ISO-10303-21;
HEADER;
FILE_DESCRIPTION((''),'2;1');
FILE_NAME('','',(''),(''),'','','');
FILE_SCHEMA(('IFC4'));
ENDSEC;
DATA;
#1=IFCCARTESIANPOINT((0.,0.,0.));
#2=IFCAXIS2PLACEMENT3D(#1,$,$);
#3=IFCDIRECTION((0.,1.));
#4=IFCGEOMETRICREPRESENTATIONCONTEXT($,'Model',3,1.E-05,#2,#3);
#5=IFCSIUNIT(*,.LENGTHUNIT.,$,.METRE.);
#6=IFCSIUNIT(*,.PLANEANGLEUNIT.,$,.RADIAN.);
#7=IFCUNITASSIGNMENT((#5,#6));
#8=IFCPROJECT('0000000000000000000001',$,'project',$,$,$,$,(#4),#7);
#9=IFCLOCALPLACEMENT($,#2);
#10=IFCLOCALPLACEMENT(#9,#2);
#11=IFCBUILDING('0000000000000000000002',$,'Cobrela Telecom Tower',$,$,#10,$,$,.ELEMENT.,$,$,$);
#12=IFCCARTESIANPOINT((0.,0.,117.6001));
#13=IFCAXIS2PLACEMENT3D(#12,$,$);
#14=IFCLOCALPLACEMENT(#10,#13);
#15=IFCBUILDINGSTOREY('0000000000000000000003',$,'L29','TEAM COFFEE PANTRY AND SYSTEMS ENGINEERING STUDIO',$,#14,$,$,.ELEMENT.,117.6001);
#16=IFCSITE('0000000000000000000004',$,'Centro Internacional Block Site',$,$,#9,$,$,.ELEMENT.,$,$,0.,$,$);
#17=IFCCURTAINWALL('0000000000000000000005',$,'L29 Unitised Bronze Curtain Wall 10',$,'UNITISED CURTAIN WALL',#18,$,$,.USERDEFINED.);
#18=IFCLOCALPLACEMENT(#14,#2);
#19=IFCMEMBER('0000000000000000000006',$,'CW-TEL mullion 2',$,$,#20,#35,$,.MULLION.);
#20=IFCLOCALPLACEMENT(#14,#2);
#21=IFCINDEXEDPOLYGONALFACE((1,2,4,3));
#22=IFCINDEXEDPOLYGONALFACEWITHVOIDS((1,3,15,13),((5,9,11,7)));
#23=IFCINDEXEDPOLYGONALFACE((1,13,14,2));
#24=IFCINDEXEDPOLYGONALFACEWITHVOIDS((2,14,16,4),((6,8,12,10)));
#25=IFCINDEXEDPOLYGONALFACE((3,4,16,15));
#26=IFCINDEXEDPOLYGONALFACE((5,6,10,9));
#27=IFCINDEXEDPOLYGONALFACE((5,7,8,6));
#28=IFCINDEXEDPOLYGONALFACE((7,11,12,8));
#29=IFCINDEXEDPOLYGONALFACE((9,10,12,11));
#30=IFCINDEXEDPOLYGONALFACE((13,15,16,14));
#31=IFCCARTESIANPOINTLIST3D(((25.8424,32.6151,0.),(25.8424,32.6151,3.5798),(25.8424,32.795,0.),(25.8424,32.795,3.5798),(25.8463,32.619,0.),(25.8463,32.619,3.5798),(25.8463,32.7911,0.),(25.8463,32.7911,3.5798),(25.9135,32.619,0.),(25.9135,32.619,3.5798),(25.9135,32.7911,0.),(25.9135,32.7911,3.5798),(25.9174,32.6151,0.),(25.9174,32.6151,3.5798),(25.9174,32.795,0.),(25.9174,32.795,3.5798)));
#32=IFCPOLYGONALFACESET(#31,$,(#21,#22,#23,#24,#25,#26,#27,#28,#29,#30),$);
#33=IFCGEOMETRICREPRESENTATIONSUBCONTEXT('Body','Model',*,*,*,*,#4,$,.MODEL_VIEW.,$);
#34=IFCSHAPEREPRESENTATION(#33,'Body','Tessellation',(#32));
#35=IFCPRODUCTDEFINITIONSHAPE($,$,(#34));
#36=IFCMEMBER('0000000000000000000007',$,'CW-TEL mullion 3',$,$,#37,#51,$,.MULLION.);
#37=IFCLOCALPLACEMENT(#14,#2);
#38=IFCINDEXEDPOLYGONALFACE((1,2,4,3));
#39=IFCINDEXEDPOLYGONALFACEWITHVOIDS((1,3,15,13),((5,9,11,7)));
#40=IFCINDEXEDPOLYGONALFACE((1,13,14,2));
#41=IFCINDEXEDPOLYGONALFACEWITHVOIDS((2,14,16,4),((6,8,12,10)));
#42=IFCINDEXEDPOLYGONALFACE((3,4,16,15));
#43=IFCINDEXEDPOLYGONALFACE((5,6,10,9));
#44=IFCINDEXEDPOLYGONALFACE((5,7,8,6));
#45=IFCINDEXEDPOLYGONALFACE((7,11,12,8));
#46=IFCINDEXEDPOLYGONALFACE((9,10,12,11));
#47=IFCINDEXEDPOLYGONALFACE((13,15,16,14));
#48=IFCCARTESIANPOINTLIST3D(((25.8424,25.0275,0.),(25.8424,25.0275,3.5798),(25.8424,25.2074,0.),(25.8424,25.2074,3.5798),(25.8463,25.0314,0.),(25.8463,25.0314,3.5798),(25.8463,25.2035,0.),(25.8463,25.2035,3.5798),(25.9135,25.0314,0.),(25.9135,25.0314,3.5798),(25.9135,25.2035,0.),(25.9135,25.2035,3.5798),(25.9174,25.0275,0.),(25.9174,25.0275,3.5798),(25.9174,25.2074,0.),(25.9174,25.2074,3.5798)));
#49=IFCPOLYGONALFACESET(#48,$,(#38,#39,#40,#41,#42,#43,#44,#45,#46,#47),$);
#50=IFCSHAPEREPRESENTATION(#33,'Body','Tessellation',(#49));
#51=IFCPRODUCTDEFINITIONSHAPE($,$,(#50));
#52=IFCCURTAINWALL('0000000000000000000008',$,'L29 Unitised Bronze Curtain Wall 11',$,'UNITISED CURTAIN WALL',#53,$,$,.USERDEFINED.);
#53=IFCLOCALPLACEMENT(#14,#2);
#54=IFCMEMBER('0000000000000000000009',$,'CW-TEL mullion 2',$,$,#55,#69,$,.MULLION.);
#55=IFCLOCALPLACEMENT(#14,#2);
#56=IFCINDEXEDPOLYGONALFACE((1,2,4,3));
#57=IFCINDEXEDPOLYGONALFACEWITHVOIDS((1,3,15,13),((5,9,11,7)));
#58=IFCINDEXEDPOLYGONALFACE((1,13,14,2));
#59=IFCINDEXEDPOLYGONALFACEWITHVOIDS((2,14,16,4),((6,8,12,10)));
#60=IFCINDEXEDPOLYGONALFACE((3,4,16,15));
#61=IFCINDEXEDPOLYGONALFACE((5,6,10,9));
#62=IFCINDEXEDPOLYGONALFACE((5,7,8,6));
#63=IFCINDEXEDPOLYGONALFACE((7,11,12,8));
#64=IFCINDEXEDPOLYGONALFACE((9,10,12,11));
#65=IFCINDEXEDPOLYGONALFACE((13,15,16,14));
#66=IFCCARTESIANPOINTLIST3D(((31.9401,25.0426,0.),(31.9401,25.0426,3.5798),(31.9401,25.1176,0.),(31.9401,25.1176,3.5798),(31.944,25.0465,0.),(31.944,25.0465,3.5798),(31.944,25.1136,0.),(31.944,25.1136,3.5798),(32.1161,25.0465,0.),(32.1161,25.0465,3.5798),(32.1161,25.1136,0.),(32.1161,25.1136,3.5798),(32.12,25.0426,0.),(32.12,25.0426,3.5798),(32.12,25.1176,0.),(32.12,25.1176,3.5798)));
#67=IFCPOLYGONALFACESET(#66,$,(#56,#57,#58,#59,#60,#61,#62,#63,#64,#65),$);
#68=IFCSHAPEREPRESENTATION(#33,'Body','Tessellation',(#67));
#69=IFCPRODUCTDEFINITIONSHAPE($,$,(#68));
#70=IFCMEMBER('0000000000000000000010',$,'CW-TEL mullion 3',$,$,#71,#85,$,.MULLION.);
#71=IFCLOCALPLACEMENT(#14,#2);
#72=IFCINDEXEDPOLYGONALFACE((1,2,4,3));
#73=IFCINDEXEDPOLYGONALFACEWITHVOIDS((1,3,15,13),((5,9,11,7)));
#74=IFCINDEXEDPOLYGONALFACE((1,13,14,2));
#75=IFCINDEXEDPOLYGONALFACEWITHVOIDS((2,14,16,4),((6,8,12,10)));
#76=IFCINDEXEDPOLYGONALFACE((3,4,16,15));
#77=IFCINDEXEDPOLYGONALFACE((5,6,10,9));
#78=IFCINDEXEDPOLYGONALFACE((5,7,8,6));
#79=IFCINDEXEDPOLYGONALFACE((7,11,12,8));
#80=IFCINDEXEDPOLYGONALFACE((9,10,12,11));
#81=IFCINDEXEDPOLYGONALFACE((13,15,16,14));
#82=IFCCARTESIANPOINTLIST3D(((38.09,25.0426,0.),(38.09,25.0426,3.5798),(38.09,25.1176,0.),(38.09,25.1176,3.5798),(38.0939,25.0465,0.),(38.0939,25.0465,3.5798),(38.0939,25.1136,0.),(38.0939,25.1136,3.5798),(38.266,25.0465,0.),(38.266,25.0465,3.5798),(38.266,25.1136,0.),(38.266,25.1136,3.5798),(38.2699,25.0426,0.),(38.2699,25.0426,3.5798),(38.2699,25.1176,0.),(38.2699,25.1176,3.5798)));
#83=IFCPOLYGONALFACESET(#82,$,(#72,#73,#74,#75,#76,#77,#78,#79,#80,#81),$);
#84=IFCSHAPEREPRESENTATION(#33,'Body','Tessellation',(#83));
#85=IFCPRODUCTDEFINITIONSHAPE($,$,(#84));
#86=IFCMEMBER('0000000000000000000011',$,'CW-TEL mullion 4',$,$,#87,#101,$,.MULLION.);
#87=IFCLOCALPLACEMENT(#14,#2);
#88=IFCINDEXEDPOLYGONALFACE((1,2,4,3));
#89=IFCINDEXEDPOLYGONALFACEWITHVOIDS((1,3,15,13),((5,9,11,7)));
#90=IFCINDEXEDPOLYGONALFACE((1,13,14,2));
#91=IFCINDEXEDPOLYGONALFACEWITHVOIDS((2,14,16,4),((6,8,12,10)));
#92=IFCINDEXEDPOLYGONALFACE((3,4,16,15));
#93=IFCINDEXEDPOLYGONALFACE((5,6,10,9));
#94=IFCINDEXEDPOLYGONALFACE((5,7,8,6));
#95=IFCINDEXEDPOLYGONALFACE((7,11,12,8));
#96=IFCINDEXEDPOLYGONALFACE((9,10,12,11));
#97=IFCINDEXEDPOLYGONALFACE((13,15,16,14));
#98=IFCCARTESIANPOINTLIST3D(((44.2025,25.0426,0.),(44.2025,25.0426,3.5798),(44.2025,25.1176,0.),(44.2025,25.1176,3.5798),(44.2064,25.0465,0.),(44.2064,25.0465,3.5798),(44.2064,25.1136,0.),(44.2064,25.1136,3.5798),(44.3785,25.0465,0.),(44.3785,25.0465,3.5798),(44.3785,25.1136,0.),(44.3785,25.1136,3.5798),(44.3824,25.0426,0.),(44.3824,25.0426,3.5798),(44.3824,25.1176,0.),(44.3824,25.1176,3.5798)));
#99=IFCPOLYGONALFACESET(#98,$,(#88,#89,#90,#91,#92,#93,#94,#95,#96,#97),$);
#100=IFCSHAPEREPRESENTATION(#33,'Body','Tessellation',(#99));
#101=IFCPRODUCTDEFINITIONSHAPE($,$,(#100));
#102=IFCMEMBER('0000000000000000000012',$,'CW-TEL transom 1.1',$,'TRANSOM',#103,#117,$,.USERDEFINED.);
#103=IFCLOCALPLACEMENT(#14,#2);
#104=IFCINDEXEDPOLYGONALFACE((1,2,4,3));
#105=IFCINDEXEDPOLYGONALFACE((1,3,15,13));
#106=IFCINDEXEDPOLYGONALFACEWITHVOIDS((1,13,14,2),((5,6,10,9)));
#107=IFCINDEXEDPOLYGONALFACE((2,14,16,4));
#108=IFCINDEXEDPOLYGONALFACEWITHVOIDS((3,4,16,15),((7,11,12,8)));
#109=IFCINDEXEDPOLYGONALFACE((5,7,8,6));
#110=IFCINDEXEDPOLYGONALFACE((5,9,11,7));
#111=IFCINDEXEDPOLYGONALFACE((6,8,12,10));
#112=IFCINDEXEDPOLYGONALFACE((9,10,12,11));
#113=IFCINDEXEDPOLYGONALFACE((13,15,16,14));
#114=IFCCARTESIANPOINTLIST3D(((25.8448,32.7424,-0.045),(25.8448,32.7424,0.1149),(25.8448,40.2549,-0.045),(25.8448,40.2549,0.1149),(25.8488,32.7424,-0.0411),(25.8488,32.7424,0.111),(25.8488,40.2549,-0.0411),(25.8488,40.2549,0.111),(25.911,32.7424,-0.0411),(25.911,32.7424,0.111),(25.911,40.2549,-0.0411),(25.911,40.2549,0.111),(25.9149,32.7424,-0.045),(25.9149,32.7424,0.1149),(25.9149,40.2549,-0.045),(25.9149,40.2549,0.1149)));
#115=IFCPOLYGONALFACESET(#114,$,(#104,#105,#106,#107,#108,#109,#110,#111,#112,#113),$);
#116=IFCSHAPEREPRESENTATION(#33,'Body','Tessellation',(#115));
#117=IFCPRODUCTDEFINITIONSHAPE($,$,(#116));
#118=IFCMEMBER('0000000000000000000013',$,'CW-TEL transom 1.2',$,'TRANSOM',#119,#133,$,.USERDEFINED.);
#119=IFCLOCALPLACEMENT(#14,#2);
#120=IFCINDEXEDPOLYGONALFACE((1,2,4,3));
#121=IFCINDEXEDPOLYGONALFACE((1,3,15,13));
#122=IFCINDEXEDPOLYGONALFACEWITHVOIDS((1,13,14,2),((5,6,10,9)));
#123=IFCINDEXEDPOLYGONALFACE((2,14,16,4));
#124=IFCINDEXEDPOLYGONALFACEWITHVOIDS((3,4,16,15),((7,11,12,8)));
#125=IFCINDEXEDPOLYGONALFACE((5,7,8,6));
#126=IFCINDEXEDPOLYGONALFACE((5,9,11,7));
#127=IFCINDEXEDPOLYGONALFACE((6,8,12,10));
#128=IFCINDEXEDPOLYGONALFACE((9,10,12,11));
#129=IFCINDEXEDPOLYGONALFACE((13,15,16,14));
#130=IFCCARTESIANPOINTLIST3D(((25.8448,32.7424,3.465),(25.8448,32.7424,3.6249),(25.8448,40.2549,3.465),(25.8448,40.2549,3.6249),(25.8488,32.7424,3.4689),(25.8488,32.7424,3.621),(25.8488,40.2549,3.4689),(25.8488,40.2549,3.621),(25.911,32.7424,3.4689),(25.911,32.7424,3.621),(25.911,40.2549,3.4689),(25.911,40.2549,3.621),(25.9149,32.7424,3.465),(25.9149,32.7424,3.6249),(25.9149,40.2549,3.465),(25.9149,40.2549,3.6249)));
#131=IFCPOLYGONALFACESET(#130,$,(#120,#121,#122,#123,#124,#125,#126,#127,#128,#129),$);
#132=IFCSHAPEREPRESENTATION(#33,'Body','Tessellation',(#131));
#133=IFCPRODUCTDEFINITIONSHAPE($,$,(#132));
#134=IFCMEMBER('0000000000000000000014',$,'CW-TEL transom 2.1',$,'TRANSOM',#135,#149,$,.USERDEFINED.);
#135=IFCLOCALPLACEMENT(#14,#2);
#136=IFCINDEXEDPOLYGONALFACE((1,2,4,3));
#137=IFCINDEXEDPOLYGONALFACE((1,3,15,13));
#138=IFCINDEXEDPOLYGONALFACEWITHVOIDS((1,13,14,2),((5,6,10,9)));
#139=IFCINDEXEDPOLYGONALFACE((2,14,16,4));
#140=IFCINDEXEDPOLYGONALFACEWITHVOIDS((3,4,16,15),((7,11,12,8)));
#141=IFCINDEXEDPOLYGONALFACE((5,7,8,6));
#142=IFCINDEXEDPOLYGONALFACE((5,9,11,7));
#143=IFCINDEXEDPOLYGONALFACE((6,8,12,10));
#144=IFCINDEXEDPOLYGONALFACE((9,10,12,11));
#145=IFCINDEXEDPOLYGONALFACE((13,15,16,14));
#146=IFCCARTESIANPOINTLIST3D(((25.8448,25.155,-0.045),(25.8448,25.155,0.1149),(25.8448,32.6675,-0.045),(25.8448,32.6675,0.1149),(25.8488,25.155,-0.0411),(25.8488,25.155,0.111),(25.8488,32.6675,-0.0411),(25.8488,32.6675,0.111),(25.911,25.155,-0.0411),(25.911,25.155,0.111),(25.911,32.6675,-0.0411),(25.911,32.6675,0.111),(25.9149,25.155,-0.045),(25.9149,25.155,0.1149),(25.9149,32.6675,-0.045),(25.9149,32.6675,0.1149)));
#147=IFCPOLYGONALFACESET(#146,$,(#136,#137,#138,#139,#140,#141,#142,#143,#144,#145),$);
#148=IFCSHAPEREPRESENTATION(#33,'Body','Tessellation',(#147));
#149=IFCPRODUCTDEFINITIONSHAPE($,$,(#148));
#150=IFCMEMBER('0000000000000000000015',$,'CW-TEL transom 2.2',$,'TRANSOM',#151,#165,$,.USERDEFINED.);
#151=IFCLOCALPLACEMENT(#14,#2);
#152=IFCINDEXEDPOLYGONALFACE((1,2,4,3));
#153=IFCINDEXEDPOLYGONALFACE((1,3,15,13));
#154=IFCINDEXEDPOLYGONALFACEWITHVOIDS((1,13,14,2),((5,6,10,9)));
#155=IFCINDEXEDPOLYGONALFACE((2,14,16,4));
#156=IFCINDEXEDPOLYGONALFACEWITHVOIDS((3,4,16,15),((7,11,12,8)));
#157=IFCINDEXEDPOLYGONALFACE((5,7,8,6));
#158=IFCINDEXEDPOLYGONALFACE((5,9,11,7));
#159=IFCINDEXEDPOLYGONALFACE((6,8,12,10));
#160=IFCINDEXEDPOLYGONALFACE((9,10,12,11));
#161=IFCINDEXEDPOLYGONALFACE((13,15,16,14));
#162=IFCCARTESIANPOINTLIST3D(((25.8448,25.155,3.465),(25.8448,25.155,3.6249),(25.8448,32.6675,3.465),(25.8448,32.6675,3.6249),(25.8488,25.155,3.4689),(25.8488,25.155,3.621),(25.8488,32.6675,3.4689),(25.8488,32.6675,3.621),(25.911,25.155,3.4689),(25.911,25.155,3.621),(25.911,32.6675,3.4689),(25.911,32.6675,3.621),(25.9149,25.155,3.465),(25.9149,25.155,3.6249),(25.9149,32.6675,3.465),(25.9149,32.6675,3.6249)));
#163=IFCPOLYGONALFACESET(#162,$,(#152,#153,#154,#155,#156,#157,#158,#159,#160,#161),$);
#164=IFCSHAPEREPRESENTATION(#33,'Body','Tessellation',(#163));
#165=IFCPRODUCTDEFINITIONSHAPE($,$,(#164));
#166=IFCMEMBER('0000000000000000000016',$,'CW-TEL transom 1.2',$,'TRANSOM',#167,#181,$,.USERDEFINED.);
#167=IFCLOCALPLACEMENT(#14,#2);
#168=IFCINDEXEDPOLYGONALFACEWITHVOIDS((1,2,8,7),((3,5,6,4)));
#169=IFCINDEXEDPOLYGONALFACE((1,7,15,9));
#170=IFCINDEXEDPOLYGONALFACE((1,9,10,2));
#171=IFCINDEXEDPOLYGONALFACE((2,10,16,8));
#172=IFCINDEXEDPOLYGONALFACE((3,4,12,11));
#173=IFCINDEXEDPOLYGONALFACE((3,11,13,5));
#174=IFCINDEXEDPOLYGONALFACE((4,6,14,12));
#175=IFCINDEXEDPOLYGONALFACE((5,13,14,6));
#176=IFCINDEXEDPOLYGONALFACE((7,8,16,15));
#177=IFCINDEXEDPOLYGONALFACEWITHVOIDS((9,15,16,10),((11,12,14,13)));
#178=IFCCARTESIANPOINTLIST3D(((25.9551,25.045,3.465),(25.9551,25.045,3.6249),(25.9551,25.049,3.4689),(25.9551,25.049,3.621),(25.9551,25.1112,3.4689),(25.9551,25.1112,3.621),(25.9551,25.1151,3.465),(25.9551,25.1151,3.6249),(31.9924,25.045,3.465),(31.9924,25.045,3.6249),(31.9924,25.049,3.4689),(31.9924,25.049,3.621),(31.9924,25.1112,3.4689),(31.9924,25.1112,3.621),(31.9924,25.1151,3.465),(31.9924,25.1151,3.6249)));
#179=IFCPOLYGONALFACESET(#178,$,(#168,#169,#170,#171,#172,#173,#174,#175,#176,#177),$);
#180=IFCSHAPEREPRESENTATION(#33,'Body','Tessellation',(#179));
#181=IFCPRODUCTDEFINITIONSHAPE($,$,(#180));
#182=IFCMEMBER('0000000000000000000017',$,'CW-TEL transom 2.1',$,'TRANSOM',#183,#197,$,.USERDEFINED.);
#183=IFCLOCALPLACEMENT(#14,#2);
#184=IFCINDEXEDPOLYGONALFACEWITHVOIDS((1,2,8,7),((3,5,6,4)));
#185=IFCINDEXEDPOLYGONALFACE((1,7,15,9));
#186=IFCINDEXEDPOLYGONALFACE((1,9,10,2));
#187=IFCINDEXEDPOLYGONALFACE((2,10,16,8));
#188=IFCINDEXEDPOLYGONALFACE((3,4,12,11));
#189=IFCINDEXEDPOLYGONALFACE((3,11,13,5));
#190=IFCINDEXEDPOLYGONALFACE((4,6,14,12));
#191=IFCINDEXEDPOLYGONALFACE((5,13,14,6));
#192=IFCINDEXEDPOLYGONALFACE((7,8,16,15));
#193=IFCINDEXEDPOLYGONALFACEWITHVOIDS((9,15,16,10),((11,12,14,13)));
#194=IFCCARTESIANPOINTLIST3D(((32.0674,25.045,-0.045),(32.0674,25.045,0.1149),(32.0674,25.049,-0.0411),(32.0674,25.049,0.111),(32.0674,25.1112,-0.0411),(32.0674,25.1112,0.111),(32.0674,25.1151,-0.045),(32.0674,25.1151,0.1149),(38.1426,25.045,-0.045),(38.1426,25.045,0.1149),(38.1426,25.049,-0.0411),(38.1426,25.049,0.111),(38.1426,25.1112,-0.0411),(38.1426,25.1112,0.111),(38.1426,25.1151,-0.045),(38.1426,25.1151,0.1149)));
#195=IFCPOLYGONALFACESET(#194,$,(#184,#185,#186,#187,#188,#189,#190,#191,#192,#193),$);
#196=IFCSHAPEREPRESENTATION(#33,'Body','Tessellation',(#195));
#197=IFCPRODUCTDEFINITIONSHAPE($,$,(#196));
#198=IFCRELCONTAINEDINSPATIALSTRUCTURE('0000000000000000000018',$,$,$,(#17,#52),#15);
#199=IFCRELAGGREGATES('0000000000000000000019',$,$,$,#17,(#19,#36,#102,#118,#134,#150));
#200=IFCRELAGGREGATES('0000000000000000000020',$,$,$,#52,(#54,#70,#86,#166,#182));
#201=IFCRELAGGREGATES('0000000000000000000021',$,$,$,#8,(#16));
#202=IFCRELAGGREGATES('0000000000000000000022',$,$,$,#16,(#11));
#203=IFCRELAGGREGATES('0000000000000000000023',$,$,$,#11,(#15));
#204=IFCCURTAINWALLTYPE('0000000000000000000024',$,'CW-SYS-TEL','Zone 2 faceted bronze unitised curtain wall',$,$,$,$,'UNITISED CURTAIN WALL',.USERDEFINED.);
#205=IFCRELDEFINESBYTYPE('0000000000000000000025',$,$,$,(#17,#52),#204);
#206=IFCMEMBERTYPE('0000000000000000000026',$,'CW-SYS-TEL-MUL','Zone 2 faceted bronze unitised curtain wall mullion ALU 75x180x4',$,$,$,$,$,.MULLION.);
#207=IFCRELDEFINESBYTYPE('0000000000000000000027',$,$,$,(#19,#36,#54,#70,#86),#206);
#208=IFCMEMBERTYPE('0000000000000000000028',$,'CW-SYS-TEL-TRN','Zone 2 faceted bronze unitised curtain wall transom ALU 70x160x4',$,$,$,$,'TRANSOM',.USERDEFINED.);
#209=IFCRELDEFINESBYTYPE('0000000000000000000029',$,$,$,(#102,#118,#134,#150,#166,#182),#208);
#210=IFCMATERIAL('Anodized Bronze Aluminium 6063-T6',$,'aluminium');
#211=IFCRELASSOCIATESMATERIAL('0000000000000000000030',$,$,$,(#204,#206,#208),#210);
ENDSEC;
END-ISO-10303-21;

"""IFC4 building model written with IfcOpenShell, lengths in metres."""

from ifc_helpers import new_model, si_unit, direction, frame, origin, origin_2d, place, context, subcontext, project, spatial, hollow_rectangle, extrude, material, material_profile, profile_set, type_object, element, aggregate, save


model = new_model("IFC4")

# Units and contexts
model_context = context("Model", 3, precision=1e-05, world=origin(), true_north=direction((0.0, 1.0)))
body_context = subcontext(model_context, "Body", "Model", "MODEL_VIEW")
ifc_project = project(units=[si_unit("LENGTHUNIT", "METRE"), si_unit("PLANEANGLEUNIT", "RADIAN")], contexts=[model_context])

# Site, building, storey
site_placement = place(None, origin())
site = spatial("IfcSite", under=ifc_project, at=site_placement, Name="Centro Internacional Block Site", CompositionType="ELEMENT", RefElevation=0.0)
building_placement = place(site_placement, origin())
building = spatial("IfcBuilding", under=site, at=building_placement, Name="Cobrela Telecom Tower", CompositionType="ELEMENT")
storey_placement = place(building_placement, frame((0.0, 0.0, 117.6001)))
storey = spatial("IfcBuildingStorey", under=building, at=storey_placement, Name="L29", Description="TEAM COFFEE PANTRY AND SYSTEMS ENGINEERING STUDIO", CompositionType="ELEMENT", Elevation=117.6001)

# Shared definitions
ifc_material_1 = material(Name="Anodized Bronze Aluminium 6063-T6", Category="aluminium")
curtain_wall_type = type_object("IfcCurtainWallType", Name="CW-SYS-TEL", Description="Zone 2 faceted bronze unitised curtain wall", ElementType="UNITISED CURTAIN WALL", PredefinedType="USERDEFINED", material=ifc_material_1)
ifc_material_profile_1 = material_profile(ifc_material_1, hollow_rectangle(XDim=0.075, YDim=0.1799, WallThickness=0.0039, at=origin_2d()), Name="ALU 75x180x4")
ifc_profile_set_1 = profile_set([ifc_material_profile_1], Name="Anodized Bronze Aluminium 6063-T6")
member_type_1 = type_object("IfcMemberType", Name="CW-SYS-TEL-MUL", Description="Zone 2 faceted bronze unitised curtain wall mullion ALU 75x180x4", PredefinedType="MULLION", material=ifc_profile_set_1)

# Curtain walls, members
curtain_wall_1_placement = place(storey_placement, origin())
curtain_wall_1 = element("IfcCurtainWall", 1, at=curtain_wall_1_placement, inside=storey, type_object=curtain_wall_type, Name="L29 Unitised Bronze Curtain Wall 10", ObjectType="UNITISED CURTAIN WALL", PredefinedType="USERDEFINED")
member_1_placement = place(storey_placement, frame((25.8799, 32.7051, 0.0), z_axis=(0.0, 0.0, 1.0), x_axis=(1.0, 0.0, 0.0)))
member_1 = element("IfcMember", 2, at=member_1_placement, type_object=member_type_1, Name="CW-TEL mullion 2", PredefinedType="MULLION", context=body_context, shape_type="SweptSolid", body=[
    extrude(hollow_rectangle(XDim=0.075, YDim=0.1799, WallThickness=0.0039, at=origin_2d()), origin(), (0.0, 0.0, 1.0), 3.5798),
])
member_2_placement = place(storey_placement, frame((25.8799, 25.1174, 0.0), z_axis=(0.0, 0.0, 1.0), x_axis=(1.0, 0.0, 0.0)))
member_2 = element("IfcMember", 3, at=member_2_placement, type_object=member_type_1, Name="CW-TEL mullion 3", PredefinedType="MULLION", context=body_context, shape_type="SweptSolid", body=[
    extrude(hollow_rectangle(XDim=0.075, YDim=0.1799, WallThickness=0.0039, at=origin_2d()), origin(), (0.0, 0.0, 1.0), 3.5798),
])
curtain_wall_2_placement = place(storey_placement, origin())
curtain_wall_2 = element("IfcCurtainWall", 4, at=curtain_wall_2_placement, inside=storey, type_object=curtain_wall_type, Name="L29 Unitised Bronze Curtain Wall 11", ObjectType="UNITISED CURTAIN WALL", PredefinedType="USERDEFINED")
member_3_placement = place(storey_placement, frame((32.03, 25.0801, 0.0), z_axis=(0.0, 0.0, 1.0), x_axis=(0.0, 1.0, 0.0)))
member_3 = element("IfcMember", 5, at=member_3_placement, type_object=member_type_1, Name="CW-TEL mullion 2", PredefinedType="MULLION", context=body_context, shape_type="SweptSolid", body=[
    extrude(hollow_rectangle(XDim=0.075, YDim=0.1799, WallThickness=0.0039, at=origin_2d()), origin(), (0.0, 0.0, 1.0), 3.5798),
])
member_4_placement = place(storey_placement, frame((38.1799, 25.0801, 0.0), z_axis=(0.0, 0.0, 1.0), x_axis=(0.0, 1.0, 0.0)))
member_4 = element("IfcMember", 6, at=member_4_placement, type_object=member_type_1, Name="CW-TEL mullion 3", PredefinedType="MULLION", context=body_context, shape_type="SweptSolid", body=[
    extrude(hollow_rectangle(XDim=0.075, YDim=0.1799, WallThickness=0.0039, at=origin_2d()), origin(), (0.0, 0.0, 1.0), 3.5798),
])
member_5_placement = place(storey_placement, frame((44.2925, 25.0801, 0.0), z_axis=(0.0, 0.0, 1.0), x_axis=(0.0, 1.0, 0.0)))
member_5 = element("IfcMember", 7, at=member_5_placement, type_object=member_type_1, Name="CW-TEL mullion 4", PredefinedType="MULLION", context=body_context, shape_type="SweptSolid", body=[
    extrude(hollow_rectangle(XDim=0.075, YDim=0.1799, WallThickness=0.0039, at=origin_2d()), origin(), (0.0, 0.0, 1.0), 3.5798),
])

# Members
ifc_material_profile_2 = material_profile(ifc_material_1, hollow_rectangle(XDim=0.0701, YDim=0.1599, WallThickness=0.0039, at=origin_2d()), Name="ALU 70x160x4")
ifc_profile_set_2 = profile_set([ifc_material_profile_2], Name="Anodized Bronze Aluminium 6063-T6")
member_type_2 = type_object("IfcMemberType", Name="CW-SYS-TEL-TRN", Description="Zone 2 faceted bronze unitised curtain wall transom ALU 70x160x4", ElementType="TRANSOM", PredefinedType="USERDEFINED", material=ifc_profile_set_2)
member_6_placement = place(storey_placement, frame((25.8799, 40.2549, 0.0349), z_axis=(0.0, -1.0, 0.0), x_axis=(1.0, 0.0, 0.0)))
member_6 = element("IfcMember", 8, at=member_6_placement, type_object=member_type_2, Name="CW-TEL transom 1.1", ObjectType="TRANSOM", PredefinedType="USERDEFINED", context=body_context, shape_type="SweptSolid", body=[
    extrude(hollow_rectangle(XDim=0.0701, YDim=0.1599, WallThickness=0.0039, at=origin_2d()), origin(), (0.0, 0.0, 1.0), 7.5125),
])
member_7_placement = place(storey_placement, frame((25.8799, 40.2549, 3.5449), z_axis=(0.0, -1.0, 0.0), x_axis=(1.0, 0.0, 0.0)))
member_7 = element("IfcMember", 9, at=member_7_placement, type_object=member_type_2, Name="CW-TEL transom 1.2", ObjectType="TRANSOM", PredefinedType="USERDEFINED", context=body_context, shape_type="SweptSolid", body=[
    extrude(hollow_rectangle(XDim=0.0701, YDim=0.1599, WallThickness=0.0039, at=origin_2d()), origin(), (0.0, 0.0, 1.0), 7.5125),
])
member_8_placement = place(storey_placement, frame((25.8799, 32.6675, 0.0349), z_axis=(0.0, -1.0, 0.0), x_axis=(1.0, 0.0, 0.0)))
member_8 = element("IfcMember", 10, at=member_8_placement, type_object=member_type_2, Name="CW-TEL transom 2.1", ObjectType="TRANSOM", PredefinedType="USERDEFINED", context=body_context, shape_type="SweptSolid", body=[
    extrude(hollow_rectangle(XDim=0.0701, YDim=0.1599, WallThickness=0.0039, at=origin_2d()), origin(), (0.0, 0.0, 1.0), 7.5125),
])
member_9_placement = place(storey_placement, frame((25.8799, 32.6675, 3.5449), z_axis=(0.0, -1.0, 0.0), x_axis=(1.0, 0.0, 0.0)))
member_9 = element("IfcMember", 11, at=member_9_placement, type_object=member_type_2, Name="CW-TEL transom 2.2", ObjectType="TRANSOM", PredefinedType="USERDEFINED", context=body_context, shape_type="SweptSolid", body=[
    extrude(hollow_rectangle(XDim=0.0701, YDim=0.1599, WallThickness=0.0039, at=origin_2d()), origin(), (0.0, 0.0, 1.0), 7.5125),
])
member_10_placement = place(storey_placement, frame((25.9551, 25.0801, 3.5449), z_axis=(1.0, 0.0, 0.0), x_axis=(0.0, 1.0, 0.0)))
member_10 = element("IfcMember", 12, at=member_10_placement, type_object=member_type_2, Name="CW-TEL transom 1.2", ObjectType="TRANSOM", PredefinedType="USERDEFINED", context=body_context, shape_type="SweptSolid", body=[
    extrude(hollow_rectangle(XDim=0.0701, YDim=0.1599, WallThickness=0.0039, at=origin_2d()), origin(), (0.0, 0.0, 1.0), 6.0374),
])
member_11_placement = place(storey_placement, frame((32.0674, 25.0801, 0.0349), z_axis=(1.0, 0.0, 0.0), x_axis=(0.0, 1.0, 0.0)))
member_11 = element("IfcMember", 13, at=member_11_placement, type_object=member_type_2, Name="CW-TEL transom 2.1", ObjectType="TRANSOM", PredefinedType="USERDEFINED", context=body_context, shape_type="SweptSolid", body=[
    extrude(hollow_rectangle(XDim=0.0701, YDim=0.1599, WallThickness=0.0039, at=origin_2d()), origin(), (0.0, 0.0, 1.0), 6.0752),
])

aggregate(curtain_wall_1, [member_1, member_2, member_6, member_7, member_8, member_9])
aggregate(curtain_wall_2, [member_3, member_4, member_5, member_10, member_11])

save(model, "model.ifc")
